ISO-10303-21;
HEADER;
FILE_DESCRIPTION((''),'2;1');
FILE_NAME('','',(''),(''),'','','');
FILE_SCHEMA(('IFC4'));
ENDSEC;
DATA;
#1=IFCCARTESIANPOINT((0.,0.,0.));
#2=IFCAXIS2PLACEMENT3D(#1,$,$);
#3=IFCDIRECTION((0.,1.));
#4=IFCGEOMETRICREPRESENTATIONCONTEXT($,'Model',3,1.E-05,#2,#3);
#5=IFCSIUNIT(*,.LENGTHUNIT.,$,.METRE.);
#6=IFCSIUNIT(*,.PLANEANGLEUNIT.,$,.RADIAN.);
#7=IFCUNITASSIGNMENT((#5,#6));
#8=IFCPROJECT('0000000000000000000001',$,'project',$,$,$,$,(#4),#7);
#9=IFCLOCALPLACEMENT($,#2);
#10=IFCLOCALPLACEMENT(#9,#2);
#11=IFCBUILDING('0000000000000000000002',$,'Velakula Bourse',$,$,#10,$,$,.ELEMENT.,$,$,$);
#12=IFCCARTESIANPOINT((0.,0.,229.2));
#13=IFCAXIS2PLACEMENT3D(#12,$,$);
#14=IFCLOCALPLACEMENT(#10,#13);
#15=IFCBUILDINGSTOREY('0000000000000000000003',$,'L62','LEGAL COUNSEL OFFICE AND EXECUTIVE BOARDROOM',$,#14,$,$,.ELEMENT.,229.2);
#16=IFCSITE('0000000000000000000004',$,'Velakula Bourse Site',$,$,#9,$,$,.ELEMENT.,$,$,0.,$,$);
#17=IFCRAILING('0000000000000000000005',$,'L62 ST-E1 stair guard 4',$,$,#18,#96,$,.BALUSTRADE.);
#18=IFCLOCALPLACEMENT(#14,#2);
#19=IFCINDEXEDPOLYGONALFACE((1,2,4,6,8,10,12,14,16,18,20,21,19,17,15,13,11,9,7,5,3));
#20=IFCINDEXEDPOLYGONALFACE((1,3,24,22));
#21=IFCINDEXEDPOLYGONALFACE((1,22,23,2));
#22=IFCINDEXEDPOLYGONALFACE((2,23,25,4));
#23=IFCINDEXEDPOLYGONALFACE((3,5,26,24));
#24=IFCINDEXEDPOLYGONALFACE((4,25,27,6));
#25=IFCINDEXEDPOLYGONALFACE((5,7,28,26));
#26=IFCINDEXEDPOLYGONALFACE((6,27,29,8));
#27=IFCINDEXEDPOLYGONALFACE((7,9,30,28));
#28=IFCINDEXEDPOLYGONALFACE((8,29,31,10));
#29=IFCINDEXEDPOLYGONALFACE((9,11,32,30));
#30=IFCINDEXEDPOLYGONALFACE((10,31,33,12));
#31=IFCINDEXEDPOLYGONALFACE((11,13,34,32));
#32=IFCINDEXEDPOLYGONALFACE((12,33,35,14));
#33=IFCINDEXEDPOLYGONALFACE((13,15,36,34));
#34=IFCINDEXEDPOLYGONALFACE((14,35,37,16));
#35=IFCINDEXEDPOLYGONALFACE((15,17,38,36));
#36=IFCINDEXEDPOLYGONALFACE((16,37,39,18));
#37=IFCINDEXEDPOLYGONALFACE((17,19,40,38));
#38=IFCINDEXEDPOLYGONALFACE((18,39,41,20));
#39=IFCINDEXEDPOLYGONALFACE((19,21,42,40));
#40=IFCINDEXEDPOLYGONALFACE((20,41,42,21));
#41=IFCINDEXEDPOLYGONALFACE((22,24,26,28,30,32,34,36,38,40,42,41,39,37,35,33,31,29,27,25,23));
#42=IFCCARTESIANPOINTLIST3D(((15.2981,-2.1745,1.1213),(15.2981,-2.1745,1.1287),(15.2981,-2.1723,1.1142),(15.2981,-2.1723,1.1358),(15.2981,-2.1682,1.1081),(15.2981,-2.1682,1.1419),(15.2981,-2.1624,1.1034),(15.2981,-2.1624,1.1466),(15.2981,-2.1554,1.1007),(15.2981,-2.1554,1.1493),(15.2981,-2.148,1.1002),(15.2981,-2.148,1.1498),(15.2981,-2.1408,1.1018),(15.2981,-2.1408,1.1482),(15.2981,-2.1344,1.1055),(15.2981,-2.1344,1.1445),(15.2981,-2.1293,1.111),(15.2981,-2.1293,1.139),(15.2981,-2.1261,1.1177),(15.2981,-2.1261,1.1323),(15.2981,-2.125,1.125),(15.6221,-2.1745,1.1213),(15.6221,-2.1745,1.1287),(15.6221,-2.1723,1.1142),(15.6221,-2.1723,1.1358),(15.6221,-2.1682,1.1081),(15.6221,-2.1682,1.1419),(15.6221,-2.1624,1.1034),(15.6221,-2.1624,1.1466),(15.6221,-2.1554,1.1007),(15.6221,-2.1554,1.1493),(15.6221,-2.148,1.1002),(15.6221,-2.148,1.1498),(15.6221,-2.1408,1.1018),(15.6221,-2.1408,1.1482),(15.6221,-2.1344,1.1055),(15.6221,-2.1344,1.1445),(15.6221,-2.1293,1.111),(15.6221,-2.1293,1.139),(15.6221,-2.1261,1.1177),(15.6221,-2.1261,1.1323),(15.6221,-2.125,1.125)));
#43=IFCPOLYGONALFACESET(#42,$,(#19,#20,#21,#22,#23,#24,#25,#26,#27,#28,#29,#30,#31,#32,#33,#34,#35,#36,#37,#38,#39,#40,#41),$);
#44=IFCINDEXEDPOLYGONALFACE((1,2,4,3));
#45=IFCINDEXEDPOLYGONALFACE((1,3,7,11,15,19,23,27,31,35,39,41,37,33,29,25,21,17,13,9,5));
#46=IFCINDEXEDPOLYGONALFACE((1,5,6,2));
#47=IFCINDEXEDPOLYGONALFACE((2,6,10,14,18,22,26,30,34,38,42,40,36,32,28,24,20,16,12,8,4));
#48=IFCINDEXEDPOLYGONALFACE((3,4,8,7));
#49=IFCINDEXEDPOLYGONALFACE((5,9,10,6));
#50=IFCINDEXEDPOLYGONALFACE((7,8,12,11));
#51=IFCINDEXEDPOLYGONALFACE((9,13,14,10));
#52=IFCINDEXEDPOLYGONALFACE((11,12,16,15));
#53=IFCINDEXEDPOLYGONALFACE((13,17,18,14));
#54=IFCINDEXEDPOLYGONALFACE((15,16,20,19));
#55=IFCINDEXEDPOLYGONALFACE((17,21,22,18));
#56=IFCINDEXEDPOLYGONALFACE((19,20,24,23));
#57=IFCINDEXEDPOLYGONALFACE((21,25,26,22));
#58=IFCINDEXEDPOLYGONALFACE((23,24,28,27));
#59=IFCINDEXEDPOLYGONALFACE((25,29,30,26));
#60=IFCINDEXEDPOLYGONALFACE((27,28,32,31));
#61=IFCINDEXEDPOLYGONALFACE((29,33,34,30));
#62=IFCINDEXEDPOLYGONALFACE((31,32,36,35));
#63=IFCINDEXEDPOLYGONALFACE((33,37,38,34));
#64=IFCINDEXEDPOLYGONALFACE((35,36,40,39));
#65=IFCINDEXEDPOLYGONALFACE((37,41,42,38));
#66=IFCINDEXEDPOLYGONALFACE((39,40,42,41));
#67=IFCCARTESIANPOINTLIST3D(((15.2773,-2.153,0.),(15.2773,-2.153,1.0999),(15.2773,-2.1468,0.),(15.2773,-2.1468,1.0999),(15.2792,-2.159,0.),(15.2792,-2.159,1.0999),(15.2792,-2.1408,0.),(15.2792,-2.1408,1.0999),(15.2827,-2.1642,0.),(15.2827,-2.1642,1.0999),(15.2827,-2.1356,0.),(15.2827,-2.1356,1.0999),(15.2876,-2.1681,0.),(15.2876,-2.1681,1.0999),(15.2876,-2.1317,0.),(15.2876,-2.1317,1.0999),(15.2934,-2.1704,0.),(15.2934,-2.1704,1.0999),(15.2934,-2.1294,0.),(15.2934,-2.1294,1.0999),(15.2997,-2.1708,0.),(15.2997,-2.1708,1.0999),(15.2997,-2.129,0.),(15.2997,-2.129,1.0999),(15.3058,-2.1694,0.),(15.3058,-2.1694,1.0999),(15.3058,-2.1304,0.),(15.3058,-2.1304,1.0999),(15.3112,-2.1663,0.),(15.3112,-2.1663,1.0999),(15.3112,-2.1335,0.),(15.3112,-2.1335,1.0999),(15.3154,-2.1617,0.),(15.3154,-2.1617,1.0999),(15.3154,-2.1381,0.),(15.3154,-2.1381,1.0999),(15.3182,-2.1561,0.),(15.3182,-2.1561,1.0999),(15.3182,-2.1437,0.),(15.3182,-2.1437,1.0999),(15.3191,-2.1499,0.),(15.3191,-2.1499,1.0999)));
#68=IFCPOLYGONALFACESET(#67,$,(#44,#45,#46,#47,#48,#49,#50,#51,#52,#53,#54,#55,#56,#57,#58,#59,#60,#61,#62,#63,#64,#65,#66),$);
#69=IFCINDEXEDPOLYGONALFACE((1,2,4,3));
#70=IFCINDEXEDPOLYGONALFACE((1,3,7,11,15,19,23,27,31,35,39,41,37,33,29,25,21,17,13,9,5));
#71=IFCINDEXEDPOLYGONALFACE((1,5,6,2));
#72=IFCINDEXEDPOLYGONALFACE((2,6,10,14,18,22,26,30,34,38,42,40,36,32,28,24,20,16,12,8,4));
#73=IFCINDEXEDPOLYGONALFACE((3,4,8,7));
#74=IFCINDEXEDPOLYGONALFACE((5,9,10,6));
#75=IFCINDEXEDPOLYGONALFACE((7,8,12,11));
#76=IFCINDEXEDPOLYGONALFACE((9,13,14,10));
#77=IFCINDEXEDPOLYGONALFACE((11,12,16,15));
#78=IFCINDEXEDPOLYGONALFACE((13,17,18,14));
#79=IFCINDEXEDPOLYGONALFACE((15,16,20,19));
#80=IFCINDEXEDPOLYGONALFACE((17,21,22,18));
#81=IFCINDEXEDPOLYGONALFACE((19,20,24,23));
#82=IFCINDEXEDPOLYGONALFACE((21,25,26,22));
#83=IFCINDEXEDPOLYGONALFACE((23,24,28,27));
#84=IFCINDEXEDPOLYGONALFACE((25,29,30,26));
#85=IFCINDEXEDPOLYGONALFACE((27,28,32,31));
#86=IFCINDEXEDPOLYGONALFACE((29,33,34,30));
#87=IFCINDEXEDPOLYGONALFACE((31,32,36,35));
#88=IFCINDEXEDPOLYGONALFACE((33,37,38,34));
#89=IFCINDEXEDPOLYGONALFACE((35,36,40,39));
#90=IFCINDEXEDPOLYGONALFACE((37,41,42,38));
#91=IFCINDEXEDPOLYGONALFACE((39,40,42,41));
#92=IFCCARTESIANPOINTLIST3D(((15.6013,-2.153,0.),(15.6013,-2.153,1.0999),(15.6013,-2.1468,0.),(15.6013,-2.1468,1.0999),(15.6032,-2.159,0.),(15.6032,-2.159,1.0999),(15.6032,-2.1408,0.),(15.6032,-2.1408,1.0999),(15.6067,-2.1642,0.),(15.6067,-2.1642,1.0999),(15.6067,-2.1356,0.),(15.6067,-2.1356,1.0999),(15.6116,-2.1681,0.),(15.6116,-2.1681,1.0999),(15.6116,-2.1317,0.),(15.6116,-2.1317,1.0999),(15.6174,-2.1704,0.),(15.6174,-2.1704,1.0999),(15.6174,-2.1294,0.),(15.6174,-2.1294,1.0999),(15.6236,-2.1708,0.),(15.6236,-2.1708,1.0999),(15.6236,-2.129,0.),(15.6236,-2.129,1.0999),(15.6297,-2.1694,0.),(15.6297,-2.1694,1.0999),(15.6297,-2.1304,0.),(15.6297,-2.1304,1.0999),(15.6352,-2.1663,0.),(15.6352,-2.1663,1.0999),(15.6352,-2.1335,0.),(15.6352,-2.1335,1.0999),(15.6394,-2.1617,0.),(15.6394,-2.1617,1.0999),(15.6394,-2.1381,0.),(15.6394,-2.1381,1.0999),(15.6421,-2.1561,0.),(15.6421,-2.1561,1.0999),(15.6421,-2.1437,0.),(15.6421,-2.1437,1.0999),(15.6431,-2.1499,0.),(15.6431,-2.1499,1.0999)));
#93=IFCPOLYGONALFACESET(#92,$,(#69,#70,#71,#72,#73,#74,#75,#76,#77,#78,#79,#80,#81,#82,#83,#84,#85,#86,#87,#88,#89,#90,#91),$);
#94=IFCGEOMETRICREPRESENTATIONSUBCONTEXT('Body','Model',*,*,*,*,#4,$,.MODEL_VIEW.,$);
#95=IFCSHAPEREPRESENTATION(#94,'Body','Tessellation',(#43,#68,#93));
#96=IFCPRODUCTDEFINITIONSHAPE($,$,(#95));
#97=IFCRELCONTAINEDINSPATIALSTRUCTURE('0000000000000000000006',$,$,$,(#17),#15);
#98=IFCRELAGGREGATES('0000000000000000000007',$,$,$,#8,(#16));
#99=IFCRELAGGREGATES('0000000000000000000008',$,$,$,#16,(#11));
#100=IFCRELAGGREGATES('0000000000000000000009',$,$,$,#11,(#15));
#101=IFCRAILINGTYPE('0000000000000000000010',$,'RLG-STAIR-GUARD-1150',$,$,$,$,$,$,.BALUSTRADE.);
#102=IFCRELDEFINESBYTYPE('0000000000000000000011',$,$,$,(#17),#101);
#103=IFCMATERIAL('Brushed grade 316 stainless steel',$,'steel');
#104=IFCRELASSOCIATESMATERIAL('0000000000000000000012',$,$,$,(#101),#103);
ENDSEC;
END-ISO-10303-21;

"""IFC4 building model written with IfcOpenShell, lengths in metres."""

from ifc_helpers import new_model, si_unit, direction, frame, origin, origin_2d, place, context, subcontext, project, spatial, circle, extrude, material, type_object, element, save


model = new_model("IFC4")

# Units and contexts
model_context = context("Model", 3, precision=1e-05, world=origin(), true_north=direction((0.0, 1.0)))
body_context = subcontext(model_context, "Body", "Model", "MODEL_VIEW")
ifc_project = project(units=[si_unit("LENGTHUNIT", "METRE"), si_unit("PLANEANGLEUNIT", "RADIAN")], contexts=[model_context])

# Site, building, storey
site_placement = place(None, origin())
site = spatial("IfcSite", under=ifc_project, at=site_placement, Name="Velakula Bourse Site", CompositionType="ELEMENT", RefElevation=0.0)
building_placement = place(site_placement, origin())
building = spatial("IfcBuilding", under=site, at=building_placement, Name="Velakula Bourse", CompositionType="ELEMENT")
storey_placement = place(building_placement, frame((0.0, 0.0, 229.2)))
storey = spatial("IfcBuildingStorey", under=building, at=storey_placement, Name="L62", Description="LEGAL COUNSEL OFFICE AND EXECUTIVE BOARDROOM", CompositionType="ELEMENT", Elevation=229.2)

# Shared definitions
ifc_material_1 = material(Name="Brushed grade 316 stainless steel", Category="steel")

# Railing
railing_type_1 = type_object("IfcRailingType", Name="RLG-STAIR-GUARD-1150", PredefinedType="BALUSTRADE", material=ifc_material_1)
railing_1_placement = place(storey_placement, frame((15.2981, -2.1499, 0.0)))
element("IfcRailing", 1, at=railing_1_placement, inside=storey, type_object=railing_type_1, Name="L62 ST-E1 stair guard 4", PredefinedType="BALUSTRADE", context=body_context, shape_type="SweptSolid", body=[
    extrude(circle(Radius=0.0249, at=origin_2d()), frame((0.0, 0.0, 1.125), z_axis=(1.0, 0.0, 0.0), x_axis=(0.0, 1.0, 0.0)), (0.0, 0.0, 1.0), 0.324),
    extrude(circle(Radius=0.021, at=origin_2d()), origin(), (0.0, 0.0, 1.0), 1.0999),
    extrude(circle(Radius=0.021, at=origin_2d()), frame((0.324, 0.0, 0.0)), (0.0, 0.0, 1.0), 1.0999),
])

save(model, "model.ifc")
